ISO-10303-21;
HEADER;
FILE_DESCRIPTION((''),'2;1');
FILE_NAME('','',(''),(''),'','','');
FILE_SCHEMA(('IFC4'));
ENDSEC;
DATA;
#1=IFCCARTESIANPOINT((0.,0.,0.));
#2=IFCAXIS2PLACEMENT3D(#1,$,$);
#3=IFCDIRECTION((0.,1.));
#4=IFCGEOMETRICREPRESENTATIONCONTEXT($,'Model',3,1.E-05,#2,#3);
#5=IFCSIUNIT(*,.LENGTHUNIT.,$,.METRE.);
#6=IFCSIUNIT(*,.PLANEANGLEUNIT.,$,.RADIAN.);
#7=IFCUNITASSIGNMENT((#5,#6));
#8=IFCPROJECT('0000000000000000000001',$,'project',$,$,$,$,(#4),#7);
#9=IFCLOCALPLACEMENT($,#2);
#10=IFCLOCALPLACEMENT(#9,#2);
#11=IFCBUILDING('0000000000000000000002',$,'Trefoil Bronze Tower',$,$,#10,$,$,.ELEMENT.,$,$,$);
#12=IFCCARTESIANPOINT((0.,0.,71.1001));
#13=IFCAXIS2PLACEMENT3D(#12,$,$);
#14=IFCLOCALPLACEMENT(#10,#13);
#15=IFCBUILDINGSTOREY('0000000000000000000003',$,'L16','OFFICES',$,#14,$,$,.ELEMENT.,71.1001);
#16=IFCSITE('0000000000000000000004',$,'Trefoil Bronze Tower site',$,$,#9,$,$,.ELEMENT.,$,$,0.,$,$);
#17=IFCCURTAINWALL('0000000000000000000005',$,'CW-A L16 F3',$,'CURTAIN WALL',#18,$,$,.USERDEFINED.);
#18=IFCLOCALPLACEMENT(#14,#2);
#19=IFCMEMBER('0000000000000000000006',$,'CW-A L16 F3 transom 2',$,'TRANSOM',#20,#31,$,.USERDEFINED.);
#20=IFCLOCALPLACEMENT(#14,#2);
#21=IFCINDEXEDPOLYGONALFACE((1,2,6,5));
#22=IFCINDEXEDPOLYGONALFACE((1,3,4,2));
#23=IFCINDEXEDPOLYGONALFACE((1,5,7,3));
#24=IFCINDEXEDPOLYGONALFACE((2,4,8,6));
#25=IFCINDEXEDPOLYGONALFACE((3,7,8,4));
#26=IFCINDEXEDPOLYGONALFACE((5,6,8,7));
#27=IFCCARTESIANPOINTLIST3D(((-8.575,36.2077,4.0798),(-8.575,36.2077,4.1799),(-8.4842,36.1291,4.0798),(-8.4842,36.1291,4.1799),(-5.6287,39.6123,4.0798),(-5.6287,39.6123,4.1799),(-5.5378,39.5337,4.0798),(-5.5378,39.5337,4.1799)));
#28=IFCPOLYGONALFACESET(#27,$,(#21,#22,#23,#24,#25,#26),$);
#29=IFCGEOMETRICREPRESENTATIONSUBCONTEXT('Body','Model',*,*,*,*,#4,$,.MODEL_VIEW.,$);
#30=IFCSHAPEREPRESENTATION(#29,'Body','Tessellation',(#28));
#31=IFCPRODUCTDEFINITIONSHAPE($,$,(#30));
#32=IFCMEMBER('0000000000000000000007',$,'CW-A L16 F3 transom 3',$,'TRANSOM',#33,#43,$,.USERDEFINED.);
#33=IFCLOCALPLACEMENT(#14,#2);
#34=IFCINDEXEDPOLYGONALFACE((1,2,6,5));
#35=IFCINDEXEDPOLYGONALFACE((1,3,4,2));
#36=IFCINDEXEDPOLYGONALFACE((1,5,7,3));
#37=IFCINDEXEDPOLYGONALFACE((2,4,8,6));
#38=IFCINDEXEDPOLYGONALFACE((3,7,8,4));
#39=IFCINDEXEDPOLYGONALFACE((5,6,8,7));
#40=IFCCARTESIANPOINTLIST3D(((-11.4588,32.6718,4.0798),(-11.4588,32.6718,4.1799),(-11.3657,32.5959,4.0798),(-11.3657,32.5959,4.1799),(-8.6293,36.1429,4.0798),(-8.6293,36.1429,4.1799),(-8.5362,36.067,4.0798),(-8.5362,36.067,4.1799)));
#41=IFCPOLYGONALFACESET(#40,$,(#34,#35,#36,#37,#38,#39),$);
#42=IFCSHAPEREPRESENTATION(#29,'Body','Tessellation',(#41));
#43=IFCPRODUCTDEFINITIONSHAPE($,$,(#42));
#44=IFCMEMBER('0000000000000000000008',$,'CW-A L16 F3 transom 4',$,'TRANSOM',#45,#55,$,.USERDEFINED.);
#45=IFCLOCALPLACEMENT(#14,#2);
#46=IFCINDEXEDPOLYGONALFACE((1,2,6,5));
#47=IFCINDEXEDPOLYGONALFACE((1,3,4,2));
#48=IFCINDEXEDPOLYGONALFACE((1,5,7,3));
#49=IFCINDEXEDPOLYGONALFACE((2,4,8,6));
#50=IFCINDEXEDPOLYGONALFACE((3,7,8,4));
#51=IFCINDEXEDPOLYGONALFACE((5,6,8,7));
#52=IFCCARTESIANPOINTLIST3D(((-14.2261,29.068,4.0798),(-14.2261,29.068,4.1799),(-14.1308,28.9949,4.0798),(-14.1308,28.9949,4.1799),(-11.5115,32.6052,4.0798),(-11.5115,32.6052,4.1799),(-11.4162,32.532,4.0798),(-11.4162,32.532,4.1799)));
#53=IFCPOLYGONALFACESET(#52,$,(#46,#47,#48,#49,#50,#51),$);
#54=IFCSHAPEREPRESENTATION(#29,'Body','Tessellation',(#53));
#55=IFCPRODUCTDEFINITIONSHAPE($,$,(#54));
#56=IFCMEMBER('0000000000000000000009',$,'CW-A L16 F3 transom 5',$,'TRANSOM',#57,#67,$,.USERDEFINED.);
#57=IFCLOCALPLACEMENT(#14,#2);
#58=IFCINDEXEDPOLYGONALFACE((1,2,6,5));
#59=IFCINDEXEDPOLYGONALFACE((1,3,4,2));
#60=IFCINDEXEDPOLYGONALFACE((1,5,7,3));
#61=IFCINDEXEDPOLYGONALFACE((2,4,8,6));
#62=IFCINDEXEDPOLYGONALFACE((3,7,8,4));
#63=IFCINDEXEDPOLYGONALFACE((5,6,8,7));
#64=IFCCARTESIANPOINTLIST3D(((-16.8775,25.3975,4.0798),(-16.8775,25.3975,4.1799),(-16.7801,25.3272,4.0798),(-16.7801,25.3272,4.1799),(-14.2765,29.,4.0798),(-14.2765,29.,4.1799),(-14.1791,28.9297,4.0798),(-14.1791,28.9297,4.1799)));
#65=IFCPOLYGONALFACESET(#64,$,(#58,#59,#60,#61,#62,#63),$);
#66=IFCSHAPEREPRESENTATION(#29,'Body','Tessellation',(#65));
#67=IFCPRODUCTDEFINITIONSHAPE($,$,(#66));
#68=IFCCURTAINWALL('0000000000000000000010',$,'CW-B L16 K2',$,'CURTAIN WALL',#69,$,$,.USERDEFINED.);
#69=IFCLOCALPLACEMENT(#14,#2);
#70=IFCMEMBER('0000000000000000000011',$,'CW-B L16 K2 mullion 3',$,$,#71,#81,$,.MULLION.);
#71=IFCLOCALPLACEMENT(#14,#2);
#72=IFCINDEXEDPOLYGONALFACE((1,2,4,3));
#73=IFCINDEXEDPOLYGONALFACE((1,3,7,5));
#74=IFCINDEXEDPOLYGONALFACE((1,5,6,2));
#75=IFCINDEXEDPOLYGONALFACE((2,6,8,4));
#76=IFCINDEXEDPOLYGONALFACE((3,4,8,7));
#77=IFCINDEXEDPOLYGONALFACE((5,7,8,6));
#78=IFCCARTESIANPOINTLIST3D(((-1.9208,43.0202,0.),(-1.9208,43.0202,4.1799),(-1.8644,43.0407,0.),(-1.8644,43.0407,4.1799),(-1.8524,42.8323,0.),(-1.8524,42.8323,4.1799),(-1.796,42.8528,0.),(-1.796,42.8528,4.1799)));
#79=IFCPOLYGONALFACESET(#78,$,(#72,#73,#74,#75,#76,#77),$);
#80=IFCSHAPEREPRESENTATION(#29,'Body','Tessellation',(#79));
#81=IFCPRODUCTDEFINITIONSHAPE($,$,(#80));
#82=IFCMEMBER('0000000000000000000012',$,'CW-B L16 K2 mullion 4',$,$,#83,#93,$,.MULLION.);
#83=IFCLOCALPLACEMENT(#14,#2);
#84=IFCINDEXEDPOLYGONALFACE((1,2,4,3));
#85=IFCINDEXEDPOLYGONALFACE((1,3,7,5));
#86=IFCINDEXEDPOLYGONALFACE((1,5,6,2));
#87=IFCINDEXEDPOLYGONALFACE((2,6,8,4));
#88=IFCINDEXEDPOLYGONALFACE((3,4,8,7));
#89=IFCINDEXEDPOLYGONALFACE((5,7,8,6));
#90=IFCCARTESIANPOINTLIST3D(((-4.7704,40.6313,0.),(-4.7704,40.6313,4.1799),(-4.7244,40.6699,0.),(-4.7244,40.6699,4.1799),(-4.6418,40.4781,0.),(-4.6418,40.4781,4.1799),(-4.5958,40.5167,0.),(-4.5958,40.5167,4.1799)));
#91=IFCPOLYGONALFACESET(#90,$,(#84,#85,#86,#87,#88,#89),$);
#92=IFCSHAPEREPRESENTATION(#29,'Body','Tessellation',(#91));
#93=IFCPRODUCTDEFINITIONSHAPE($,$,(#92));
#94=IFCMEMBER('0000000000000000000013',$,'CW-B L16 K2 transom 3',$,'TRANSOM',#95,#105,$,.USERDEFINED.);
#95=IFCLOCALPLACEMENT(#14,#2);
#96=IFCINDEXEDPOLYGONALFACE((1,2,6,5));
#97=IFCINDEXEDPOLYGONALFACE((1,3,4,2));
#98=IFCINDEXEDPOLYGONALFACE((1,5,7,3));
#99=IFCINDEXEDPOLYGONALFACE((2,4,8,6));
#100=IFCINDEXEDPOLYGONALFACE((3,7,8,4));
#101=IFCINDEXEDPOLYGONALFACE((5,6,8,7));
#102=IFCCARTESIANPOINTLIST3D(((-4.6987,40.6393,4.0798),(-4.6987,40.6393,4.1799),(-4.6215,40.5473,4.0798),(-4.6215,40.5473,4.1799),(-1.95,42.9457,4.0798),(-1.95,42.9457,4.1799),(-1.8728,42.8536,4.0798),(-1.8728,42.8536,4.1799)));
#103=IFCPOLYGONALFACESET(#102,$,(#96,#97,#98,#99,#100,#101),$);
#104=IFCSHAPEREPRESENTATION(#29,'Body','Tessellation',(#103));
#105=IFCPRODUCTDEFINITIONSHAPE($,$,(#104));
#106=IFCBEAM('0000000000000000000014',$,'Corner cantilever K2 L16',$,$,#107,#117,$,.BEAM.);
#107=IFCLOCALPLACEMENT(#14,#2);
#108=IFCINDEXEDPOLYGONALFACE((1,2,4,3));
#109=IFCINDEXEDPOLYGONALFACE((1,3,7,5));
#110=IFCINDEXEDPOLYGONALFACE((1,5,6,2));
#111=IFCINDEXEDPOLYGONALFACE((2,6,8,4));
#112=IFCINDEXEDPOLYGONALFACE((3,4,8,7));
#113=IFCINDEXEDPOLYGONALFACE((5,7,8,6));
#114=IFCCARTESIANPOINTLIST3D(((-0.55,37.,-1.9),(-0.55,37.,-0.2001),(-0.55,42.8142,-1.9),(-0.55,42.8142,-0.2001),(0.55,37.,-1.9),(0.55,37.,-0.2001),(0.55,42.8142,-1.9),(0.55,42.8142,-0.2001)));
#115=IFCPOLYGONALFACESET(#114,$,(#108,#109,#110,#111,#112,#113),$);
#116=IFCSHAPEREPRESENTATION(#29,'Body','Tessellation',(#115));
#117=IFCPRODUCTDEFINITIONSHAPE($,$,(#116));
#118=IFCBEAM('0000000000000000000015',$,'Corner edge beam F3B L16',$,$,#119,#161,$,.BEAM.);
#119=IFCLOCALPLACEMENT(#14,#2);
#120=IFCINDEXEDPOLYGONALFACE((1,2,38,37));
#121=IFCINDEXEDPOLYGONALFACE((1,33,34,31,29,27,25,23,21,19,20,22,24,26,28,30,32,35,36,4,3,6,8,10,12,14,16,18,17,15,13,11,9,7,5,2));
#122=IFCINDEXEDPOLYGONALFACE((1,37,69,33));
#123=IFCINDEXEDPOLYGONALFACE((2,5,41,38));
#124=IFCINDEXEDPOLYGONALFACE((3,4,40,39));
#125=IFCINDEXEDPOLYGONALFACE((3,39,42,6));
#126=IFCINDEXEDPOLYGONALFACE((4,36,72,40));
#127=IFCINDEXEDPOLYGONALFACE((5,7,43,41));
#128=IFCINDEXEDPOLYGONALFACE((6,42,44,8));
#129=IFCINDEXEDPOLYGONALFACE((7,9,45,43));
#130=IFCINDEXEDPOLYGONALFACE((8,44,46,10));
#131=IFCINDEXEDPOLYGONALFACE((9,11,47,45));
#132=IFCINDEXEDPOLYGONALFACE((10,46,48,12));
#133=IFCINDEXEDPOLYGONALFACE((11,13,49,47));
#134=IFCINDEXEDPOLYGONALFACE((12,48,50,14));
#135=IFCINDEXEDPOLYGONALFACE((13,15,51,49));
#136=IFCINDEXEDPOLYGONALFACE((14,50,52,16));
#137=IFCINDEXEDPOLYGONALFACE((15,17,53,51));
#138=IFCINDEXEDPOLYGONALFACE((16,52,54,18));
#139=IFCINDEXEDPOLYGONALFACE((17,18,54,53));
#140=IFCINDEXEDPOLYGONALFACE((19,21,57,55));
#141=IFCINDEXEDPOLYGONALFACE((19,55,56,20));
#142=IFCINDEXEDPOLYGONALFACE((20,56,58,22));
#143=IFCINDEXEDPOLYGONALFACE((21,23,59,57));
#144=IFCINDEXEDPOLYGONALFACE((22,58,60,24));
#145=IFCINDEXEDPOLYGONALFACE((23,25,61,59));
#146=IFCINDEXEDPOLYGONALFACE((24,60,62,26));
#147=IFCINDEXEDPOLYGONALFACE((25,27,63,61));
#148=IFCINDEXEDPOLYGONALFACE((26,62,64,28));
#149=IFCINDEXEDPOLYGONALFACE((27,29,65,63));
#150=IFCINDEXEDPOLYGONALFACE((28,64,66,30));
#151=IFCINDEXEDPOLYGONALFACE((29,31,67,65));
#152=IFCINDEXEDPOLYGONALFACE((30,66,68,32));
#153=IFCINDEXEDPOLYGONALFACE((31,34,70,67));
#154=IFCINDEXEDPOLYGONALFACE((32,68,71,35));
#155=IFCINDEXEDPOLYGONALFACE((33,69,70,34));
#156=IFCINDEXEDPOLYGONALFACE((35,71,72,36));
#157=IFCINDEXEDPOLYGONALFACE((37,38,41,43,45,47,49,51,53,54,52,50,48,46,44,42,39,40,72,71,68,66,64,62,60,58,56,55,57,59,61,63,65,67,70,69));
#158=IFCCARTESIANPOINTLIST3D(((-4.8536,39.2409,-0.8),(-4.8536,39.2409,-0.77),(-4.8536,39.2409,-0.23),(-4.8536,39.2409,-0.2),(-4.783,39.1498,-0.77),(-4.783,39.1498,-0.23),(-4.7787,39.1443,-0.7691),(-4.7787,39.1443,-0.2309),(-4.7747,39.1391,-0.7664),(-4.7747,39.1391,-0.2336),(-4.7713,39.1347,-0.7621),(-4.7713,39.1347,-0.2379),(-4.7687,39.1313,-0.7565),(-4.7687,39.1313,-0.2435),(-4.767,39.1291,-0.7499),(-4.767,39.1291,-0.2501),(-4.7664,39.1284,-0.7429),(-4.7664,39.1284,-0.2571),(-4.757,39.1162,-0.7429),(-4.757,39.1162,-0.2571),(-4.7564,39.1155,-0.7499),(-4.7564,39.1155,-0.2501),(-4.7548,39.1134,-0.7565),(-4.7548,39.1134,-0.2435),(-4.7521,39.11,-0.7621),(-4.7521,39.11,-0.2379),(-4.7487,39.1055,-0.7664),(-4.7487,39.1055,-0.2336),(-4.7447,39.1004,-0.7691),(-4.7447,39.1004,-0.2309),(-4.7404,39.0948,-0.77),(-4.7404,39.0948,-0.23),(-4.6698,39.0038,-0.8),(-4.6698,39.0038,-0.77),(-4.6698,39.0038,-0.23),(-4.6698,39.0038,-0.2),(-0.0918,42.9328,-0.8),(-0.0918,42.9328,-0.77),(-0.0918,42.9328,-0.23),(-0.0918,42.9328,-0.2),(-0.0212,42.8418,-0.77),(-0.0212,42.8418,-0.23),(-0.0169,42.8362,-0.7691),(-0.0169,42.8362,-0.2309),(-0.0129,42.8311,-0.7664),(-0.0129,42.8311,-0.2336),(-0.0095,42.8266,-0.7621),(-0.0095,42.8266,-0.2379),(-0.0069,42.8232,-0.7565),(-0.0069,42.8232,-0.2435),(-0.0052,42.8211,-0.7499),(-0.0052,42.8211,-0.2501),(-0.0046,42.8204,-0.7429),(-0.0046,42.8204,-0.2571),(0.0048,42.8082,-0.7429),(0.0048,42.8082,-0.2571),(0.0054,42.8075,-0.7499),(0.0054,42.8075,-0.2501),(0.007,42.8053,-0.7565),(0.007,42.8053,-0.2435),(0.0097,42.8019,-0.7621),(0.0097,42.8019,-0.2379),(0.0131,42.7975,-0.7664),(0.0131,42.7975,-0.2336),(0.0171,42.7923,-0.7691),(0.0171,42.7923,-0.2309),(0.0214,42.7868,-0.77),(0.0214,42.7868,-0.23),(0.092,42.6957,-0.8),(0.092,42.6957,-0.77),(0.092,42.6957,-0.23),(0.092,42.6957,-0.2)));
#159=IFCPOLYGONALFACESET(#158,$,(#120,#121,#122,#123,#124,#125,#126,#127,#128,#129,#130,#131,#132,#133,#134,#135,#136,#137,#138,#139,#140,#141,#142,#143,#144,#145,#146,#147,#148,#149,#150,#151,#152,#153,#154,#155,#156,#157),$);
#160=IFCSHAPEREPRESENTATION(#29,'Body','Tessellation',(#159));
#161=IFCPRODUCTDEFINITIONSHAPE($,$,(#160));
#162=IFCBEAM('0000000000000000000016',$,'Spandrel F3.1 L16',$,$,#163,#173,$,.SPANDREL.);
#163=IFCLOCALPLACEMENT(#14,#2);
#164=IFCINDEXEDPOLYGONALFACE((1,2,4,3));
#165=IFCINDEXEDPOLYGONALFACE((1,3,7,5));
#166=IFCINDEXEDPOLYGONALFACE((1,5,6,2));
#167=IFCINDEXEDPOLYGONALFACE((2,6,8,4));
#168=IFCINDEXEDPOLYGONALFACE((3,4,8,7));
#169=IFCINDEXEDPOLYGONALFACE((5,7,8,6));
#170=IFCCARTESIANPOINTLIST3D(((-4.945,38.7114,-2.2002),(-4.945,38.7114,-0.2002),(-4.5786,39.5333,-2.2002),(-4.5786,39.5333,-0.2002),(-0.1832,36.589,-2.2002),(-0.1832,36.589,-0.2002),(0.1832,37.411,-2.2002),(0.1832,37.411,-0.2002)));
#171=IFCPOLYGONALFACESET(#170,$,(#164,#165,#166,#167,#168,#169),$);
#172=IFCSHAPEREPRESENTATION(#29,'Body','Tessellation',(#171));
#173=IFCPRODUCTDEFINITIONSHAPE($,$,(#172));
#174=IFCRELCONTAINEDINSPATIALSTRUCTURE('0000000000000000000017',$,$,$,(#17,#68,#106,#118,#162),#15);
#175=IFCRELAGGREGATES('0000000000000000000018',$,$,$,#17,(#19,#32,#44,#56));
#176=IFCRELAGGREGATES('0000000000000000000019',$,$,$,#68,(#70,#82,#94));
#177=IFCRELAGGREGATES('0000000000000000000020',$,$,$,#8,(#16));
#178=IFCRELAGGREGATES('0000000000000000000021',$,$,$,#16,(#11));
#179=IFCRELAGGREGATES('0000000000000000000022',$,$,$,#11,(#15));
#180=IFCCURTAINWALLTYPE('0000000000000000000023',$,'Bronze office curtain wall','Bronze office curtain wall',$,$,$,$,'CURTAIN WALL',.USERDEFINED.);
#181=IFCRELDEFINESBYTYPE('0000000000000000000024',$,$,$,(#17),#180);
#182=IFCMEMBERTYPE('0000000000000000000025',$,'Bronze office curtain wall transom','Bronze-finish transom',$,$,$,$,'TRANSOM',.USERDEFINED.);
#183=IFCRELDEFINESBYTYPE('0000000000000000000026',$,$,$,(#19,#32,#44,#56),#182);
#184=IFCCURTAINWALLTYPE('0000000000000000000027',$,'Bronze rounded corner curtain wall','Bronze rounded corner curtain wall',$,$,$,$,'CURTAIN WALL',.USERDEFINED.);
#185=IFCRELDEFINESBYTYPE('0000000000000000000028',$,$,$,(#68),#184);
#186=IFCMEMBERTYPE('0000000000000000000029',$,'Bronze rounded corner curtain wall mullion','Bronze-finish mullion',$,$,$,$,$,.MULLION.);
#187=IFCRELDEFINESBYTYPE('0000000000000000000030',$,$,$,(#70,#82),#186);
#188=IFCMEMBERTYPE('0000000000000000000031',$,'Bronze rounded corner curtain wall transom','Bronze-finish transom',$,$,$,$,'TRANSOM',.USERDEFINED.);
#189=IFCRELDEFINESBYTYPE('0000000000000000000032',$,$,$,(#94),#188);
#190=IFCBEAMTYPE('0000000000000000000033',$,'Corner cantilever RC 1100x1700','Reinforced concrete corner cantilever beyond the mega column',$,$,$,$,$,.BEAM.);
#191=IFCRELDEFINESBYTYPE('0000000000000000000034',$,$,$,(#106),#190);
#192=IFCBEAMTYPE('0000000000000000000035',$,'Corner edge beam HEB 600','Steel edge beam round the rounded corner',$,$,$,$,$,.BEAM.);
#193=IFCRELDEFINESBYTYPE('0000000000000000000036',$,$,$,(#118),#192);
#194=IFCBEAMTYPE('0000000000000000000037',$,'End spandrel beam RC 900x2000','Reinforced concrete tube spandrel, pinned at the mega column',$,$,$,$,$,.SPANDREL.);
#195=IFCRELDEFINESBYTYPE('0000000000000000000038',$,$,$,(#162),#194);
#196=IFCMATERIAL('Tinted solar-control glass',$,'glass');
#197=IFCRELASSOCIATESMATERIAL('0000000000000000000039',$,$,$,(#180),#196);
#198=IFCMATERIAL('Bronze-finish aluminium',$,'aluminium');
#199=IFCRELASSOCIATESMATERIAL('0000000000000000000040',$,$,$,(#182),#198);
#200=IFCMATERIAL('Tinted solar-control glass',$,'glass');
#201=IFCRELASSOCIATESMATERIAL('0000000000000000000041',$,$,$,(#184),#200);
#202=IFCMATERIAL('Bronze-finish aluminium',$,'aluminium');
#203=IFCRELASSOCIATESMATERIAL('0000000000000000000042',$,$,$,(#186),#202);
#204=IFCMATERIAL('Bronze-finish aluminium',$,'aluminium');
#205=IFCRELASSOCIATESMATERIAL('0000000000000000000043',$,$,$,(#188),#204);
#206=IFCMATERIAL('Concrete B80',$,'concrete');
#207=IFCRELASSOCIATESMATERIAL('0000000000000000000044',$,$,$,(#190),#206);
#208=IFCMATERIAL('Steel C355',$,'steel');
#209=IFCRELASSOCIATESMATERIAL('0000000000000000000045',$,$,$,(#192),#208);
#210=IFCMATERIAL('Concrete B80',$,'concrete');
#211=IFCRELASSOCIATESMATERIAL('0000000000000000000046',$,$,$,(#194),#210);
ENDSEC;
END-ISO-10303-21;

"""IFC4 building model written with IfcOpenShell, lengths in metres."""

from ifc_helpers import new_model, si_unit, direction, frame, origin, origin_2d, place, context, subcontext, project, spatial, rectangle, i_section, extrude, material, material_profile, profile_set, type_object, element, aggregate, save


model = new_model("IFC4")

# Units and contexts
model_context = context("Model", 3, precision=1e-05, world=origin(), true_north=direction((0.0, 1.0)))
body_context = subcontext(model_context, "Body", "Model", "MODEL_VIEW")
ifc_project = project(units=[si_unit("LENGTHUNIT", "METRE"), si_unit("PLANEANGLEUNIT", "RADIAN")], contexts=[model_context])

# Site, building, storey
site_placement = place(None, origin())
site = spatial("IfcSite", under=ifc_project, at=site_placement, Name="Trefoil Bronze Tower site", CompositionType="ELEMENT", RefElevation=0.0)
building_placement = place(site_placement, origin())
building = spatial("IfcBuilding", under=site, at=building_placement, Name="Trefoil Bronze Tower", CompositionType="ELEMENT")
storey_placement = place(building_placement, frame((0.0, 0.0, 71.1001)))
storey = spatial("IfcBuildingStorey", under=building, at=storey_placement, Name="L16", Description="OFFICES", CompositionType="ELEMENT", Elevation=71.1001)

# Curtain walls, members
ifc_material_1 = material(Name="Tinted solar-control glass", Category="glass")
curtain_wall_type_1 = type_object("IfcCurtainWallType", Name="Bronze office curtain wall", Description="Bronze office curtain wall", ElementType="CURTAIN WALL", PredefinedType="USERDEFINED", material=ifc_material_1)
curtain_wall_1_placement = place(storey_placement, origin())
curtain_wall_1 = element("IfcCurtainWall", 1, at=curtain_wall_1_placement, inside=storey, type_object=curtain_wall_type_1, Name="CW-A L16 F3", ObjectType="CURTAIN WALL", PredefinedType="USERDEFINED")
ifc_material_2 = material(Name="Bronze-finish aluminium", Category="aluminium")
ifc_material_profile_1 = material_profile(ifc_material_2, rectangle(XDim=0.1201, YDim=0.1001, at=origin_2d()), Name="CW-A transom")
ifc_profile_set_1 = profile_set([ifc_material_profile_1], Name="Bronze-finish aluminium")
member_type_1 = type_object("IfcMemberType", Name="Bronze office curtain wall transom", Description="Bronze-finish transom", ElementType="TRANSOM", PredefinedType="USERDEFINED", material=ifc_profile_set_1)
member_1_placement = place(storey_placement, frame((-5.5833, 39.573, 4.1299), z_axis=(-0.654383, -0.756163, 0.0), x_axis=(0.756163, -0.654383, 0.0)))
member_1 = element("IfcMember", 2, at=member_1_placement, type_object=member_type_1, Name="CW-A L16 F3 transom 2", ObjectType="TRANSOM", PredefinedType="USERDEFINED", context=body_context, shape_type="SweptSolid", body=[
    extrude(rectangle(XDim=0.1201, YDim=0.1001, at=origin_2d()), origin(), (0.0, 0.0, 1.0), 4.5024),
])
member_2_placement = place(storey_placement, frame((-8.5828, 36.105, 4.1299), z_axis=(-0.631836, -0.775102, 0.0), x_axis=(0.775102, -0.631836, 0.0)))
member_2 = element("IfcMember", 3, at=member_2_placement, type_object=member_type_1, Name="CW-A L16 F3 transom 3", ObjectType="TRANSOM", PredefinedType="USERDEFINED", context=body_context, shape_type="SweptSolid", body=[
    extrude(rectangle(XDim=0.1201, YDim=0.1001, at=origin_2d()), origin(), (0.0, 0.0, 1.0), 4.4783),
])
member_3_placement = place(storey_placement, frame((-11.4639, 32.5686, 4.1299), z_axis=(-0.608829, -0.793301, 0.0), x_axis=(0.793301, -0.608829, 0.0)))
member_3 = element("IfcMember", 4, at=member_3_placement, type_object=member_type_1, Name="CW-A L16 F3 transom 4", ObjectType="TRANSOM", PredefinedType="USERDEFINED", context=body_context, shape_type="SweptSolid", body=[
    extrude(rectangle(XDim=0.1201, YDim=0.1001, at=origin_2d()), origin(), (0.0, 0.0, 1.0), 4.4587),
])
member_4_placement = place(storey_placement, frame((-14.2278, 28.9648, 4.1299), z_axis=(-0.585378, -0.81076, 0.0), x_axis=(0.81076, -0.585378, 0.0)))
member_4 = element("IfcMember", 5, at=member_4_placement, type_object=member_type_1, Name="CW-A L16 F3 transom 5", ObjectType="TRANSOM", PredefinedType="USERDEFINED", context=body_context, shape_type="SweptSolid", body=[
    extrude(rectangle(XDim=0.1201, YDim=0.1001, at=origin_2d()), origin(), (0.0, 0.0, 1.0), 4.4434),
])
ifc_material_3 = material(Name="Tinted solar-control glass", Category="glass")
curtain_wall_type_2 = type_object("IfcCurtainWallType", Name="Bronze rounded corner curtain wall", Description="Bronze rounded corner curtain wall", ElementType="CURTAIN WALL", PredefinedType="USERDEFINED", material=ifc_material_3)
curtain_wall_2_placement = place(storey_placement, origin())
curtain_wall_2 = element("IfcCurtainWall", 6, at=curtain_wall_2_placement, inside=storey, type_object=curtain_wall_type_2, Name="CW-B L16 K2", ObjectType="CURTAIN WALL", PredefinedType="USERDEFINED")
ifc_material_4 = material(Name="Bronze-finish aluminium", Category="aluminium")
ifc_material_profile_2 = material_profile(ifc_material_4, rectangle(XDim=0.2, YDim=0.0601, at=origin_2d()), Name="CW-B mullion")
ifc_profile_set_2 = profile_set([ifc_material_profile_2], Name="Bronze-finish aluminium")
member_type_2 = type_object("IfcMemberType", Name="Bronze rounded corner curtain wall mullion", Description="Bronze-finish mullion", PredefinedType="MULLION", material=ifc_profile_set_2)
member_5_placement = place(storey_placement, frame((-1.8584, 42.9365, 0.0), z_axis=(0.0, 0.0, 1.0), x_axis=(0.34202, -0.939693, 0.0)))
member_5 = element("IfcMember", 7, at=member_5_placement, type_object=member_type_2, Name="CW-B L16 K2 mullion 3", PredefinedType="MULLION", context=body_context, shape_type="SweptSolid", body=[
    extrude(rectangle(XDim=0.2, YDim=0.0601, at=origin_2d()), origin(), (0.0, 0.0, 1.0), 4.1799),
])
member_6_placement = place(storey_placement, frame((-4.6831, 40.574, 0.0), z_axis=(0.0, 0.0, 1.0), x_axis=(0.642788, -0.766044, 0.0)))
member_6 = element("IfcMember", 8, at=member_6_placement, type_object=member_type_2, Name="CW-B L16 K2 mullion 4", PredefinedType="MULLION", context=body_context, shape_type="SweptSolid", body=[
    extrude(rectangle(XDim=0.2, YDim=0.0601, at=origin_2d()), origin(), (0.0, 0.0, 1.0), 4.1799),
])
ifc_material_5 = material(Name="Bronze-finish aluminium", Category="aluminium")
ifc_material_profile_3 = material_profile(ifc_material_5, rectangle(XDim=0.1201, YDim=0.1001, at=origin_2d()), Name="CW-B transom")
ifc_profile_set_3 = profile_set([ifc_material_profile_3], Name="Bronze-finish aluminium")
member_type_3 = type_object("IfcMemberType", Name="Bronze rounded corner curtain wall transom", Description="Bronze-finish transom", ElementType="TRANSOM", PredefinedType="USERDEFINED", material=ifc_profile_set_3)
member_7_placement = place(storey_placement, frame((-1.9114, 42.8997, 4.1299), z_axis=(-0.766059, -0.642771, 0.0), x_axis=(0.642771, -0.766059, 0.0)))
member_7 = element("IfcMember", 9, at=member_7_placement, type_object=member_type_3, Name="CW-B L16 K2 transom 3", ObjectType="TRANSOM", PredefinedType="USERDEFINED", context=body_context, shape_type="SweptSolid", body=[
    extrude(rectangle(XDim=0.1201, YDim=0.1001, at=origin_2d()), origin(), (0.0, 0.0, 1.0), 3.5881),
])

# Beams
ifc_material_6 = material(Name="Concrete B80", Category="concrete")
ifc_material_profile_4 = material_profile(ifc_material_6, rectangle(XDim=1.1001, YDim=1.7, at=origin_2d()), Name="RC 1100x1700")
ifc_profile_set_4 = profile_set([ifc_material_profile_4], Name="Concrete B80")
beam_type_1 = type_object("IfcBeamType", Name="Corner cantilever RC 1100x1700", Description="Reinforced concrete corner cantilever beyond the mega column", PredefinedType="BEAM", material=ifc_profile_set_4)
beam_1_placement = place(storey_placement, frame((0.0, 37.0, -1.05), z_axis=(0.0, 1.0, 0.0), x_axis=(-1.0, 0.0, 0.0)))
element("IfcBeam", 10, at=beam_1_placement, inside=storey, type_object=beam_type_1, Name="Corner cantilever K2 L16", PredefinedType="BEAM", context=body_context, shape_type="SweptSolid", body=[
    extrude(rectangle(XDim=1.1001, YDim=1.7, at=origin_2d()), origin(), (0.0, 0.0, 1.0), 5.8142),
])
ifc_material_7 = material(Name="Steel C355", Category="steel")
ifc_material_profile_5 = material_profile(ifc_material_7, i_section(OverallWidth=0.3, OverallDepth=0.6001, WebThickness=0.0154, FlangeThickness=0.03, FilletRadius=0.0271, at=origin_2d()), Name="HEB 600")
ifc_profile_set_5 = profile_set([ifc_material_profile_5], Name="Steel C355")
beam_type_2 = type_object("IfcBeamType", Name="Corner edge beam HEB 600", Description="Steel edge beam round the rounded corner", PredefinedType="BEAM", material=ifc_profile_set_5)
beam_2_placement = place(storey_placement, frame((-4.7617, 39.1223, -0.5), z_axis=(0.790289, 0.612734, 0.0), x_axis=(-0.612734, 0.790289, 0.0)))
element("IfcBeam", 11, at=beam_2_placement, inside=storey, type_object=beam_type_2, Name="Corner edge beam F3B L16", PredefinedType="BEAM", context=body_context, shape_type="SweptSolid", body=[
    extrude(i_section(OverallWidth=0.3, OverallDepth=0.6001, WebThickness=0.0154, FlangeThickness=0.03, FilletRadius=0.0271, at=origin_2d()), origin(), (0.0, 0.0, 1.0), 6.0254),
])
ifc_material_8 = material(Name="Concrete B80", Category="concrete")
ifc_material_profile_6 = material_profile(ifc_material_8, rectangle(XDim=0.8999, YDim=2.0, at=origin_2d()), Name="RC 900x2000")
ifc_profile_set_6 = profile_set([ifc_material_profile_6], Name="Concrete B80")
beam_type_3 = type_object("IfcBeamType", Name="End spandrel beam RC 900x2000", Description="Reinforced concrete tube spandrel, pinned at the mega column", PredefinedType="SPANDREL", material=ifc_profile_set_6)
beam_3_placement = place(storey_placement, frame((0.0, 37.0, -1.2002), z_axis=(-0.913384, 0.407099, 0.0), x_axis=(-0.407099, -0.913384, 0.0)))
element("IfcBeam", 12, at=beam_3_placement, inside=storey, type_object=beam_type_3, Name="Spandrel F3.1 L16", PredefinedType="SPANDREL", context=body_context, shape_type="SweptSolid", body=[
    extrude(rectangle(XDim=0.8999, YDim=2.0, at=origin_2d()), origin(), (0.0, 0.0, 1.0), 5.2134),
])

aggregate(curtain_wall_1, [member_1, member_2, member_3, member_4])
aggregate(curtain_wall_2, [member_5, member_6, member_7])

save(model, "model.ifc")
